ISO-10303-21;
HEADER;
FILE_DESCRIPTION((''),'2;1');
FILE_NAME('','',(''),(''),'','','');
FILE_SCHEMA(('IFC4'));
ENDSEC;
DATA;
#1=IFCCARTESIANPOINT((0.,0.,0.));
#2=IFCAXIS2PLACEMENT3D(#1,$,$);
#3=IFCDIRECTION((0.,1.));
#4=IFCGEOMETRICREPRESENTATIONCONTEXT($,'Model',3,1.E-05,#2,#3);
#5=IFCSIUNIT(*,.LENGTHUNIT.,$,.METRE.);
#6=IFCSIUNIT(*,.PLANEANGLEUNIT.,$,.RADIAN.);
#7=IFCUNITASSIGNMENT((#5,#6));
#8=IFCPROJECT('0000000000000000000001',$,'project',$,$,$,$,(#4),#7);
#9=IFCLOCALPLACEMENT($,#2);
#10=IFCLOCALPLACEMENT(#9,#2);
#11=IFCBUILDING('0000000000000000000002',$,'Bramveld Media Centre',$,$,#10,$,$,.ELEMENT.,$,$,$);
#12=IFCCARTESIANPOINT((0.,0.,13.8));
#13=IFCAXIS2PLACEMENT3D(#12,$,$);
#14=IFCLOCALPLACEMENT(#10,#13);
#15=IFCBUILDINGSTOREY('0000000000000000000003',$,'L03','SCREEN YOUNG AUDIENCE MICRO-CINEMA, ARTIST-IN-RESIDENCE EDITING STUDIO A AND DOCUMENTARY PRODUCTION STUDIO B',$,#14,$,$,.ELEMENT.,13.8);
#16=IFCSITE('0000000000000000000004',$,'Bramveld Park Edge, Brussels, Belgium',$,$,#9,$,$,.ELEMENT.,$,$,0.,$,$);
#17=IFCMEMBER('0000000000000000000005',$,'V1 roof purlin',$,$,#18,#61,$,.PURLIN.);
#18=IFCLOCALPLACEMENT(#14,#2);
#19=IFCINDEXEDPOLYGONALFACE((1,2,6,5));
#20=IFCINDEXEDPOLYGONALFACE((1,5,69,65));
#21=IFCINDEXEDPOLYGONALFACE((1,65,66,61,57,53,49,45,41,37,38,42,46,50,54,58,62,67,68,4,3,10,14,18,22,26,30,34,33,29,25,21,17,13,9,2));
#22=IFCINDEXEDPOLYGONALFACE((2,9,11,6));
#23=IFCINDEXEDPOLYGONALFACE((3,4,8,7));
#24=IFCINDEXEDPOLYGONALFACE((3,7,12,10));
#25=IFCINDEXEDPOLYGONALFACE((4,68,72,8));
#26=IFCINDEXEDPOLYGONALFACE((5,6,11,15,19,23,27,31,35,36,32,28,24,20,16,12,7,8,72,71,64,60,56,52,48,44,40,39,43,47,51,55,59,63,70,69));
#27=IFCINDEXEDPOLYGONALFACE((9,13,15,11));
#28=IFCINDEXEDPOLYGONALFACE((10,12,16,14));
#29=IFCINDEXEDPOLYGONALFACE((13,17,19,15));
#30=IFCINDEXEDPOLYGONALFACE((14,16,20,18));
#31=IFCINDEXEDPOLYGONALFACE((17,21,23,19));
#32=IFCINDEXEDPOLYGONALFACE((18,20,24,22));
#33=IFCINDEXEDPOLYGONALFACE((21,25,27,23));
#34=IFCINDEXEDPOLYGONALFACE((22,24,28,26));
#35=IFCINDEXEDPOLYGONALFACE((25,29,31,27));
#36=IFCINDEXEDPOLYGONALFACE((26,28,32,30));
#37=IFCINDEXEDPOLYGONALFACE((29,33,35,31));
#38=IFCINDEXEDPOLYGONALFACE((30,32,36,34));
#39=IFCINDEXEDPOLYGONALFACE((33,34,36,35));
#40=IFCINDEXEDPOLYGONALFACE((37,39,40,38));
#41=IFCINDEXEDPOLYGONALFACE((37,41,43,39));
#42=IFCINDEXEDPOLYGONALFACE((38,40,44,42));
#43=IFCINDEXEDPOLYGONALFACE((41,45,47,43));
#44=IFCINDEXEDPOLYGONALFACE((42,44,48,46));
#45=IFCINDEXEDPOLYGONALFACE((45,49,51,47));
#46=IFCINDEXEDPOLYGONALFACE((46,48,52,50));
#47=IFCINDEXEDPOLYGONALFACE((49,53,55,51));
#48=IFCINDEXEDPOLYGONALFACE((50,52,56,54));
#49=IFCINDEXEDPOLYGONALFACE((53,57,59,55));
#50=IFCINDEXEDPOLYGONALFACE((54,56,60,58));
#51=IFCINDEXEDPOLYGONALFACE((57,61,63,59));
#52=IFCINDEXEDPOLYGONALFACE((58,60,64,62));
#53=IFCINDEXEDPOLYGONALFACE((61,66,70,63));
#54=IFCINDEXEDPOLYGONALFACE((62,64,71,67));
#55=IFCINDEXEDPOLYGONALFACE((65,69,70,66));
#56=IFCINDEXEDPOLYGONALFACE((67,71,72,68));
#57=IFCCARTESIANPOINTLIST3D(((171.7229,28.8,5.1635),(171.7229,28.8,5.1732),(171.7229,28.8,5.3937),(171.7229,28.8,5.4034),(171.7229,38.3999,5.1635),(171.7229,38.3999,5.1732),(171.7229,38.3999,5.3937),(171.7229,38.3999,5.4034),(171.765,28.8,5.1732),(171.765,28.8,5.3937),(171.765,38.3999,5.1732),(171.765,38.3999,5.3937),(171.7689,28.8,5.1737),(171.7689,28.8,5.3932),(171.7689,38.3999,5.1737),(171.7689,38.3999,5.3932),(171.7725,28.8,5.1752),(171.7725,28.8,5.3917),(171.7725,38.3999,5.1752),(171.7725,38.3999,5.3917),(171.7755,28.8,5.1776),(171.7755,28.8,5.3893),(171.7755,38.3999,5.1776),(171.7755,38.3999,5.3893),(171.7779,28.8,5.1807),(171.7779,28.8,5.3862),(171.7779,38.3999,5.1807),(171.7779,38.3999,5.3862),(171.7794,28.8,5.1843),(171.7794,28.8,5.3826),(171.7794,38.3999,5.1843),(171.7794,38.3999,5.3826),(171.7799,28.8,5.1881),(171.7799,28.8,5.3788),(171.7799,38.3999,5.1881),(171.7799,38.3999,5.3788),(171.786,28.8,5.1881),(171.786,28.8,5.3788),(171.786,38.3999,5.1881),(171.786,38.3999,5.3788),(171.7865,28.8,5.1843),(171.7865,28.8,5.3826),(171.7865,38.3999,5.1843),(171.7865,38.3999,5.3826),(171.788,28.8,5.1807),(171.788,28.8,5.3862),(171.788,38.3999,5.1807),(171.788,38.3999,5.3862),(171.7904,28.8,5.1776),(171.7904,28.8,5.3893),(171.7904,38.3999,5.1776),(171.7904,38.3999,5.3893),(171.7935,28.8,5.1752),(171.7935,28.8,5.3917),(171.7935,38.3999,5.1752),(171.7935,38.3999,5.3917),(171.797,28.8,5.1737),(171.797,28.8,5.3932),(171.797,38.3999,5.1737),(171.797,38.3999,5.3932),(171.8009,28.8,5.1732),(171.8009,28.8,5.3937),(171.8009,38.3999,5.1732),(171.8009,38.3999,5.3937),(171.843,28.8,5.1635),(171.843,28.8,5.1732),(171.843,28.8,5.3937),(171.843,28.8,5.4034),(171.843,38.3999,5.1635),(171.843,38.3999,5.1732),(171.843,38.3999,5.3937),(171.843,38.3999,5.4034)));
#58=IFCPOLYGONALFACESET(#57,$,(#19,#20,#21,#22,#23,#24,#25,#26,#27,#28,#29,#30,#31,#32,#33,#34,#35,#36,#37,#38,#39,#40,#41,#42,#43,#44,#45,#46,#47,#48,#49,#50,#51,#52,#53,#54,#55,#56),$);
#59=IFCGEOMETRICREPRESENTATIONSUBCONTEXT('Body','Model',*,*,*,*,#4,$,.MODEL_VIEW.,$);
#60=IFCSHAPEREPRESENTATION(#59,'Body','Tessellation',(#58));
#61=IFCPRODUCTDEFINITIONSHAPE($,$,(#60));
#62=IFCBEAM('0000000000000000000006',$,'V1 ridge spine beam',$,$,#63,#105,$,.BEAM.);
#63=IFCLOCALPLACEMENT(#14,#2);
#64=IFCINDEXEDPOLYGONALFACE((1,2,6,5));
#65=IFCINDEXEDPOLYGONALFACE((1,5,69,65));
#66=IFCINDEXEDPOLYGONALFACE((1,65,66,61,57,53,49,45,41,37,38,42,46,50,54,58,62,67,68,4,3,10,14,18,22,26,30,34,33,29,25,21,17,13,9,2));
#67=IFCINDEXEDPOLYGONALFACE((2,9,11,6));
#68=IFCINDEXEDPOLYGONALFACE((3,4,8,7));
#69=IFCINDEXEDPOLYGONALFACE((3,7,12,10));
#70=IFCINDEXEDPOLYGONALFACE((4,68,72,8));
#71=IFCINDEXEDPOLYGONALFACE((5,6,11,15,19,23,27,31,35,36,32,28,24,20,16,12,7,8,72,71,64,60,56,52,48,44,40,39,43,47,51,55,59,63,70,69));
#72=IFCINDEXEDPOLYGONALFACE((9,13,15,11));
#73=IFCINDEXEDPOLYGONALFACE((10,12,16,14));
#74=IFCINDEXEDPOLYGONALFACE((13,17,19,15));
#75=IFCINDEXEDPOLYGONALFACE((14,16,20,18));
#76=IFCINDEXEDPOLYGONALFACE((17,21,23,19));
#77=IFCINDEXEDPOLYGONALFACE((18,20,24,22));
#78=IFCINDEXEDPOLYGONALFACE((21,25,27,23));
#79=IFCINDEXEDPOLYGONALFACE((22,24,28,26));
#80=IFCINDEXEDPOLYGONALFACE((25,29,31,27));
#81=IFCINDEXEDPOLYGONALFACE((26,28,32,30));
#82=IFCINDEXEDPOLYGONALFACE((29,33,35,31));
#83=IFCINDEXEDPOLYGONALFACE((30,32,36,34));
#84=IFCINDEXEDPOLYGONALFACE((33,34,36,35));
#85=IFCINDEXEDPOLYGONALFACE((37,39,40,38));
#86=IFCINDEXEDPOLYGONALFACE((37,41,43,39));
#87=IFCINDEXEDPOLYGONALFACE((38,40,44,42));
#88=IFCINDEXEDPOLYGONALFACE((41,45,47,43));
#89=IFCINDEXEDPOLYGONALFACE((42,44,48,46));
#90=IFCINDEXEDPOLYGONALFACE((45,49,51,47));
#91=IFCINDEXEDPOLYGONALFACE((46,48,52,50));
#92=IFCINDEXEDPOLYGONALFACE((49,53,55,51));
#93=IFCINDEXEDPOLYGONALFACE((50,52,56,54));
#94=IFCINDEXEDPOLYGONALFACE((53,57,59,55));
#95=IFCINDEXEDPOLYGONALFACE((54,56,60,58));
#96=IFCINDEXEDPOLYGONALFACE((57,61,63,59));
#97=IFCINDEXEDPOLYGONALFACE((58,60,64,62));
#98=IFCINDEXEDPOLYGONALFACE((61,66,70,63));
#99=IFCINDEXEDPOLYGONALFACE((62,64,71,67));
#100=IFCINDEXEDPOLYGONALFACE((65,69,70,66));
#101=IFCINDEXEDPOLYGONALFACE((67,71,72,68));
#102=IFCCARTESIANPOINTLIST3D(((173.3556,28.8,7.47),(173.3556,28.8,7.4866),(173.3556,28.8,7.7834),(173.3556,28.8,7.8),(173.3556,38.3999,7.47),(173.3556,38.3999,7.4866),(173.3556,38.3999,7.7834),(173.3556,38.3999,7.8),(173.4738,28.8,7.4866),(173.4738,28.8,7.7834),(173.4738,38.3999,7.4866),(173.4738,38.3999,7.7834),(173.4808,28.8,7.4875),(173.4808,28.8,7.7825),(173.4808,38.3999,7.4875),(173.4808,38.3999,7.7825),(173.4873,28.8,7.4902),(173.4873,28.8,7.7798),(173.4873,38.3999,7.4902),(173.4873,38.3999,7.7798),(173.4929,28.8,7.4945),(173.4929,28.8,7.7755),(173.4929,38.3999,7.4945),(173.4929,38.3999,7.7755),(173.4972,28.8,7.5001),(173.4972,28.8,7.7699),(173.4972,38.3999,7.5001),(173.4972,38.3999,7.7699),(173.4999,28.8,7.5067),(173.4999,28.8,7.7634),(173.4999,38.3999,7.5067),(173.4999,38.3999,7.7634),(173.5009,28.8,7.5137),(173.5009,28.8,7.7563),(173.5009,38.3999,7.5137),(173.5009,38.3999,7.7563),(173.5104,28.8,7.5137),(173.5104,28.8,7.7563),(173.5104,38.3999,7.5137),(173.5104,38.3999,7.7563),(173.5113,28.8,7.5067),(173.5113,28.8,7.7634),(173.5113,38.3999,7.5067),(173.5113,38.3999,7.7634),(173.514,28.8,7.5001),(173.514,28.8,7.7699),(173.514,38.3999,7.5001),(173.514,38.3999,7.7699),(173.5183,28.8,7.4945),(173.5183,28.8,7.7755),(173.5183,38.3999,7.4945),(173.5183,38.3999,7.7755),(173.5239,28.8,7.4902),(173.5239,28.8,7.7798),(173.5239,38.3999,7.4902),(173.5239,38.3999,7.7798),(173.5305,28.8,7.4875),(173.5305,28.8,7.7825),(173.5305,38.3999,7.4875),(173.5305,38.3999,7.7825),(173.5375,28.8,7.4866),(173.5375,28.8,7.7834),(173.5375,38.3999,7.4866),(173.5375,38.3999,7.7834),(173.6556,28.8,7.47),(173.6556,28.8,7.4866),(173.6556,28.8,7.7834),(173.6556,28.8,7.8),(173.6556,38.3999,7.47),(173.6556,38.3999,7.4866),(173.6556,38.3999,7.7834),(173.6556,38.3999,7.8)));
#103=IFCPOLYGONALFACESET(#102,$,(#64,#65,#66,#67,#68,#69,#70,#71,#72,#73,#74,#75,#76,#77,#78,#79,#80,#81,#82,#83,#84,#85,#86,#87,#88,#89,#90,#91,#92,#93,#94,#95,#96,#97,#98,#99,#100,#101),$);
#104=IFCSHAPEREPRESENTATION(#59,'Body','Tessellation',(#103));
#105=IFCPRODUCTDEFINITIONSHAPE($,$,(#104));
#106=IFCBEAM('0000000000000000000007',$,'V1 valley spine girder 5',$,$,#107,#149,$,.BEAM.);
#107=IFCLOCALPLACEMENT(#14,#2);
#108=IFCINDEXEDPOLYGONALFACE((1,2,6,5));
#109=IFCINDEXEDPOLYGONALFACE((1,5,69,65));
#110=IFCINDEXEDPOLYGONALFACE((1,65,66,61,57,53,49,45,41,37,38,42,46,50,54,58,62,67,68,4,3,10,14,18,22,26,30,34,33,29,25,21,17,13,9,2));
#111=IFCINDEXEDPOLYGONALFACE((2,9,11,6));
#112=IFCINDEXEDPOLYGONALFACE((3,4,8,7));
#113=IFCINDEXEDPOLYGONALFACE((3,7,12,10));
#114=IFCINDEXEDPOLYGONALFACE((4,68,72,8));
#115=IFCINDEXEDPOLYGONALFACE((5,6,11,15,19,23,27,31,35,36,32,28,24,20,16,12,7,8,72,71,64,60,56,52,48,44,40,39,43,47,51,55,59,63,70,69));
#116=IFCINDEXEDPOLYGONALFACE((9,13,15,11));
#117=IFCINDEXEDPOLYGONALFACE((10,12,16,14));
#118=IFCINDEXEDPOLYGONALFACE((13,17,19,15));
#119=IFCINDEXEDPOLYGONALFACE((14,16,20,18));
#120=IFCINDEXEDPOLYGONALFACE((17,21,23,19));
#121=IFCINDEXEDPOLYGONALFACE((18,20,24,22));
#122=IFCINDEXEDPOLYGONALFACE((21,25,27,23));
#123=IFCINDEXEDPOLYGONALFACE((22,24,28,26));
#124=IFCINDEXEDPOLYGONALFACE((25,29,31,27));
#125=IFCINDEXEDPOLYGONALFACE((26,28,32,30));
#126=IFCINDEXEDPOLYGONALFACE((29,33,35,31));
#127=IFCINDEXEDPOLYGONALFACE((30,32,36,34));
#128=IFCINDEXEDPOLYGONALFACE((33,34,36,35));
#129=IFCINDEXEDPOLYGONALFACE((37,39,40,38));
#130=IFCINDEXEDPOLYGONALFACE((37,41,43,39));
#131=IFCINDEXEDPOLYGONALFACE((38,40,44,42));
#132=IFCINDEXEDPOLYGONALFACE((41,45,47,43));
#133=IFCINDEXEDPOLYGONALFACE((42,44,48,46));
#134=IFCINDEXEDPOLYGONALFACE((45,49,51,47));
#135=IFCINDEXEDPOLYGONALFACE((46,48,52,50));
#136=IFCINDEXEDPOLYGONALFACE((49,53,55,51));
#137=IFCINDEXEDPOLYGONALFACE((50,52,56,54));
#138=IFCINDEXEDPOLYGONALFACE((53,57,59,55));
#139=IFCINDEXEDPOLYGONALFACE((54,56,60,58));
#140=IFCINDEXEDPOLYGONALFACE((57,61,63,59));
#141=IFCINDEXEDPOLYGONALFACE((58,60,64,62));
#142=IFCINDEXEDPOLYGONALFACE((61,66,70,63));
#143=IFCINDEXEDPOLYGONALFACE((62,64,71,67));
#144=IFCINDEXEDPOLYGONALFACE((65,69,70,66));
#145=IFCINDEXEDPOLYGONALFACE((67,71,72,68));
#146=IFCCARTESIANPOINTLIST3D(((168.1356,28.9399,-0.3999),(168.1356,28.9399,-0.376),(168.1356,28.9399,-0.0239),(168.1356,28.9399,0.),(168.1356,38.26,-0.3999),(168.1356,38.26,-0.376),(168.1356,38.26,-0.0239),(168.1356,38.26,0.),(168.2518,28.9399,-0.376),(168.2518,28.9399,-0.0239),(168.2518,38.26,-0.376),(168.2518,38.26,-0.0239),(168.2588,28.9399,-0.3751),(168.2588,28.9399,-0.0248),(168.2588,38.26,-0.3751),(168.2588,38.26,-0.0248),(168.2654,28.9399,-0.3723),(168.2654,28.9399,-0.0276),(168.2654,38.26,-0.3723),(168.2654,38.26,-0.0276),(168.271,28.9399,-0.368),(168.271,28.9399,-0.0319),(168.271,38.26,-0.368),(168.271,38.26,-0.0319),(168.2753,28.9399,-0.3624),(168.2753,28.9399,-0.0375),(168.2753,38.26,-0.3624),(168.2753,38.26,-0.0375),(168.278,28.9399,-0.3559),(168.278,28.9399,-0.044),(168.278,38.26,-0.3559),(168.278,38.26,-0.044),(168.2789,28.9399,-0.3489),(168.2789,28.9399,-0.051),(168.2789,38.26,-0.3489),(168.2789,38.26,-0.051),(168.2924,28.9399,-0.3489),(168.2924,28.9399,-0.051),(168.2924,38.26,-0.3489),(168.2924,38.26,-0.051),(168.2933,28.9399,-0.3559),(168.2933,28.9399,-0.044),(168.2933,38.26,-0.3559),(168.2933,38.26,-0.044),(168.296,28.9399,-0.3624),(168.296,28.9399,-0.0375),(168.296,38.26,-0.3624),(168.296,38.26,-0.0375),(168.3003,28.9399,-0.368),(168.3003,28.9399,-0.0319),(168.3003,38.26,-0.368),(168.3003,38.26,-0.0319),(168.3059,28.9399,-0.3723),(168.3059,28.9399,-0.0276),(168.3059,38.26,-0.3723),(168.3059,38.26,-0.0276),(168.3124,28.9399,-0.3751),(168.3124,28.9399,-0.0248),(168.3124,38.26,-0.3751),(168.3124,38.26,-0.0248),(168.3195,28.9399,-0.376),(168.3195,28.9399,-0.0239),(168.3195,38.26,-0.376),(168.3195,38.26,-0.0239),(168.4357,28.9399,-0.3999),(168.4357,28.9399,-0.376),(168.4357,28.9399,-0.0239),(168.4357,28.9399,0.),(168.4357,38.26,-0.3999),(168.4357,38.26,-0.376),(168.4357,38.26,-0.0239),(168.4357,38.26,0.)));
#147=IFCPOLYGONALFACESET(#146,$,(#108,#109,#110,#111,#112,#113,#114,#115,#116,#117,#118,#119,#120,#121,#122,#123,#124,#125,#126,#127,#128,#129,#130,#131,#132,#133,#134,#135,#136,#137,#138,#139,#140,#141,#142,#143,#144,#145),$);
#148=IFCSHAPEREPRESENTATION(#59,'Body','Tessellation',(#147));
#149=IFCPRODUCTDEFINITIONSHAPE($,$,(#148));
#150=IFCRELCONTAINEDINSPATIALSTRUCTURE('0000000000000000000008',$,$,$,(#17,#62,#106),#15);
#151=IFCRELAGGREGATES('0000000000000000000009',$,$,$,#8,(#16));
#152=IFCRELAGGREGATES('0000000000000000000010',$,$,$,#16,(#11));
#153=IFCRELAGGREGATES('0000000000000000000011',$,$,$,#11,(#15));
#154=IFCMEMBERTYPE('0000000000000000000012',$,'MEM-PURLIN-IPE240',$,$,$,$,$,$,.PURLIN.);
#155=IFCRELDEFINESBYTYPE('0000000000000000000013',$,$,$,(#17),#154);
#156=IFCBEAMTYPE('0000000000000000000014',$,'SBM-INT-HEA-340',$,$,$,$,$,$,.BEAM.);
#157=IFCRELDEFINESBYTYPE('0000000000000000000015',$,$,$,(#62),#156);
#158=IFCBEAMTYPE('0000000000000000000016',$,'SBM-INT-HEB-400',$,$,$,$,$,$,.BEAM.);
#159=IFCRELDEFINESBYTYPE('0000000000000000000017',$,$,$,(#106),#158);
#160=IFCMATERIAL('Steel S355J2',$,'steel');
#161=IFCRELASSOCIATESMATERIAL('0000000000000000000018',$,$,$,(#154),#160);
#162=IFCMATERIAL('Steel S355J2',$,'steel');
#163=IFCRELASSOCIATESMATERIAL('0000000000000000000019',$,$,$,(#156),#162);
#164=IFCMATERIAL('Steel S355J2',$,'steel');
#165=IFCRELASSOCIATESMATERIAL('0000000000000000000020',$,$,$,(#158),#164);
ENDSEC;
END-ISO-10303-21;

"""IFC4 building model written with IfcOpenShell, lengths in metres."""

from ifc_helpers import new_model, si_unit, direction, frame, origin, origin_2d, place, context, subcontext, project, spatial, i_section, extrude, material, material_profile, profile_set, type_object, element, save


model = new_model("IFC4")

# Units and contexts
model_context = context("Model", 3, precision=1e-05, world=origin(), true_north=direction((0.0, 1.0)))
body_context = subcontext(model_context, "Body", "Model", "MODEL_VIEW")
ifc_project = project(units=[si_unit("LENGTHUNIT", "METRE"), si_unit("PLANEANGLEUNIT", "RADIAN")], contexts=[model_context])

# Site, building, storey
site_placement = place(None, origin())
site = spatial("IfcSite", under=ifc_project, at=site_placement, Name="Bramveld Park Edge, Brussels, Belgium", CompositionType="ELEMENT", RefElevation=0.0)
building_placement = place(site_placement, origin())
building = spatial("IfcBuilding", under=site, at=building_placement, Name="Bramveld Media Centre", CompositionType="ELEMENT")
storey_placement = place(building_placement, frame((0.0, 0.0, 13.8)))
storey = spatial("IfcBuildingStorey", under=building, at=storey_placement, Name="L03", Description="SCREEN YOUNG AUDIENCE MICRO-CINEMA, ARTIST-IN-RESIDENCE EDITING STUDIO A AND DOCUMENTARY PRODUCTION STUDIO B", CompositionType="ELEMENT", Elevation=13.8)

# Member
ifc_material_1 = material(Name="Steel S355J2", Category="steel")
ifc_material_profile_1 = material_profile(ifc_material_1, i_section(OverallWidth=0.1201, OverallDepth=0.24, WebThickness=0.0061, FlangeThickness=0.0098, FilletRadius=0.0149, at=origin_2d()), Name="IPE 240")
ifc_profile_set_1 = profile_set([ifc_material_profile_1], Name="Steel S355J2")
member_type_1 = type_object("IfcMemberType", Name="MEM-PURLIN-IPE240", PredefinedType="PURLIN", material=ifc_profile_set_1)
member_1_placement = place(storey_placement, frame((171.783, 28.8, 5.2834), z_axis=(0.0, 1.0, 0.0), x_axis=(-1.0, 0.0, 0.0)))
element("IfcMember", 1, at=member_1_placement, inside=storey, type_object=member_type_1, Name="V1 roof purlin", PredefinedType="PURLIN", context=body_context, shape_type="SweptSolid", body=[
    extrude(i_section(OverallWidth=0.1201, OverallDepth=0.24, WebThickness=0.0061, FlangeThickness=0.0098, FilletRadius=0.0149, at=origin_2d()), origin(), (0.0, 0.0, 1.0), 9.5999),
])

# Beams
ifc_material_2 = material(Name="Steel S355J2", Category="steel")
ifc_material_profile_2 = material_profile(ifc_material_2, i_section(OverallWidth=0.3, OverallDepth=0.3301, WebThickness=0.0095, FlangeThickness=0.0166, FilletRadius=0.0271, at=origin_2d()), Name="HEA 340")
ifc_profile_set_2 = profile_set([ifc_material_profile_2], Name="Steel S355J2")
beam_type_1 = type_object("IfcBeamType", Name="SBM-INT-HEA-340", PredefinedType="BEAM", material=ifc_profile_set_2)
beam_1_placement = place(storey_placement, frame((173.5056, 28.8, 7.635), z_axis=(0.0, 1.0, 0.0), x_axis=(-1.0, 0.0, 0.0)))
element("IfcBeam", 2, at=beam_1_placement, inside=storey, type_object=beam_type_1, Name="V1 ridge spine beam", PredefinedType="BEAM", context=body_context, shape_type="SweptSolid", body=[
    extrude(i_section(OverallWidth=0.3, OverallDepth=0.3301, WebThickness=0.0095, FlangeThickness=0.0166, FilletRadius=0.0271, at=origin_2d()), origin(), (0.0, 0.0, 1.0), 9.5999),
])
ifc_material_3 = material(Name="Steel S355J2", Category="steel")
ifc_material_profile_3 = material_profile(ifc_material_3, i_section(OverallWidth=0.3, OverallDepth=0.3999, WebThickness=0.0134, FlangeThickness=0.0239, FilletRadius=0.0271, at=origin_2d()), Name="HEB 400")
ifc_profile_set_3 = profile_set([ifc_material_profile_3], Name="Steel S355J2")
beam_type_2 = type_object("IfcBeamType", Name="SBM-INT-HEB-400", PredefinedType="BEAM", material=ifc_profile_set_3)
beam_2_placement = place(storey_placement, frame((168.2856, 28.9399, -0.2), z_axis=(0.0, 1.0, 0.0), x_axis=(-1.0, 0.0, 0.0)))
element("IfcBeam", 3, at=beam_2_placement, inside=storey, type_object=beam_type_2, Name="V1 valley spine girder 5", PredefinedType="BEAM", context=body_context, shape_type="SweptSolid", body=[
    extrude(i_section(OverallWidth=0.3, OverallDepth=0.3999, WebThickness=0.0134, FlangeThickness=0.0239, FilletRadius=0.0271, at=origin_2d()), origin(), (0.0, 0.0, 1.0), 9.3201),
])

save(model, "model.ifc")
